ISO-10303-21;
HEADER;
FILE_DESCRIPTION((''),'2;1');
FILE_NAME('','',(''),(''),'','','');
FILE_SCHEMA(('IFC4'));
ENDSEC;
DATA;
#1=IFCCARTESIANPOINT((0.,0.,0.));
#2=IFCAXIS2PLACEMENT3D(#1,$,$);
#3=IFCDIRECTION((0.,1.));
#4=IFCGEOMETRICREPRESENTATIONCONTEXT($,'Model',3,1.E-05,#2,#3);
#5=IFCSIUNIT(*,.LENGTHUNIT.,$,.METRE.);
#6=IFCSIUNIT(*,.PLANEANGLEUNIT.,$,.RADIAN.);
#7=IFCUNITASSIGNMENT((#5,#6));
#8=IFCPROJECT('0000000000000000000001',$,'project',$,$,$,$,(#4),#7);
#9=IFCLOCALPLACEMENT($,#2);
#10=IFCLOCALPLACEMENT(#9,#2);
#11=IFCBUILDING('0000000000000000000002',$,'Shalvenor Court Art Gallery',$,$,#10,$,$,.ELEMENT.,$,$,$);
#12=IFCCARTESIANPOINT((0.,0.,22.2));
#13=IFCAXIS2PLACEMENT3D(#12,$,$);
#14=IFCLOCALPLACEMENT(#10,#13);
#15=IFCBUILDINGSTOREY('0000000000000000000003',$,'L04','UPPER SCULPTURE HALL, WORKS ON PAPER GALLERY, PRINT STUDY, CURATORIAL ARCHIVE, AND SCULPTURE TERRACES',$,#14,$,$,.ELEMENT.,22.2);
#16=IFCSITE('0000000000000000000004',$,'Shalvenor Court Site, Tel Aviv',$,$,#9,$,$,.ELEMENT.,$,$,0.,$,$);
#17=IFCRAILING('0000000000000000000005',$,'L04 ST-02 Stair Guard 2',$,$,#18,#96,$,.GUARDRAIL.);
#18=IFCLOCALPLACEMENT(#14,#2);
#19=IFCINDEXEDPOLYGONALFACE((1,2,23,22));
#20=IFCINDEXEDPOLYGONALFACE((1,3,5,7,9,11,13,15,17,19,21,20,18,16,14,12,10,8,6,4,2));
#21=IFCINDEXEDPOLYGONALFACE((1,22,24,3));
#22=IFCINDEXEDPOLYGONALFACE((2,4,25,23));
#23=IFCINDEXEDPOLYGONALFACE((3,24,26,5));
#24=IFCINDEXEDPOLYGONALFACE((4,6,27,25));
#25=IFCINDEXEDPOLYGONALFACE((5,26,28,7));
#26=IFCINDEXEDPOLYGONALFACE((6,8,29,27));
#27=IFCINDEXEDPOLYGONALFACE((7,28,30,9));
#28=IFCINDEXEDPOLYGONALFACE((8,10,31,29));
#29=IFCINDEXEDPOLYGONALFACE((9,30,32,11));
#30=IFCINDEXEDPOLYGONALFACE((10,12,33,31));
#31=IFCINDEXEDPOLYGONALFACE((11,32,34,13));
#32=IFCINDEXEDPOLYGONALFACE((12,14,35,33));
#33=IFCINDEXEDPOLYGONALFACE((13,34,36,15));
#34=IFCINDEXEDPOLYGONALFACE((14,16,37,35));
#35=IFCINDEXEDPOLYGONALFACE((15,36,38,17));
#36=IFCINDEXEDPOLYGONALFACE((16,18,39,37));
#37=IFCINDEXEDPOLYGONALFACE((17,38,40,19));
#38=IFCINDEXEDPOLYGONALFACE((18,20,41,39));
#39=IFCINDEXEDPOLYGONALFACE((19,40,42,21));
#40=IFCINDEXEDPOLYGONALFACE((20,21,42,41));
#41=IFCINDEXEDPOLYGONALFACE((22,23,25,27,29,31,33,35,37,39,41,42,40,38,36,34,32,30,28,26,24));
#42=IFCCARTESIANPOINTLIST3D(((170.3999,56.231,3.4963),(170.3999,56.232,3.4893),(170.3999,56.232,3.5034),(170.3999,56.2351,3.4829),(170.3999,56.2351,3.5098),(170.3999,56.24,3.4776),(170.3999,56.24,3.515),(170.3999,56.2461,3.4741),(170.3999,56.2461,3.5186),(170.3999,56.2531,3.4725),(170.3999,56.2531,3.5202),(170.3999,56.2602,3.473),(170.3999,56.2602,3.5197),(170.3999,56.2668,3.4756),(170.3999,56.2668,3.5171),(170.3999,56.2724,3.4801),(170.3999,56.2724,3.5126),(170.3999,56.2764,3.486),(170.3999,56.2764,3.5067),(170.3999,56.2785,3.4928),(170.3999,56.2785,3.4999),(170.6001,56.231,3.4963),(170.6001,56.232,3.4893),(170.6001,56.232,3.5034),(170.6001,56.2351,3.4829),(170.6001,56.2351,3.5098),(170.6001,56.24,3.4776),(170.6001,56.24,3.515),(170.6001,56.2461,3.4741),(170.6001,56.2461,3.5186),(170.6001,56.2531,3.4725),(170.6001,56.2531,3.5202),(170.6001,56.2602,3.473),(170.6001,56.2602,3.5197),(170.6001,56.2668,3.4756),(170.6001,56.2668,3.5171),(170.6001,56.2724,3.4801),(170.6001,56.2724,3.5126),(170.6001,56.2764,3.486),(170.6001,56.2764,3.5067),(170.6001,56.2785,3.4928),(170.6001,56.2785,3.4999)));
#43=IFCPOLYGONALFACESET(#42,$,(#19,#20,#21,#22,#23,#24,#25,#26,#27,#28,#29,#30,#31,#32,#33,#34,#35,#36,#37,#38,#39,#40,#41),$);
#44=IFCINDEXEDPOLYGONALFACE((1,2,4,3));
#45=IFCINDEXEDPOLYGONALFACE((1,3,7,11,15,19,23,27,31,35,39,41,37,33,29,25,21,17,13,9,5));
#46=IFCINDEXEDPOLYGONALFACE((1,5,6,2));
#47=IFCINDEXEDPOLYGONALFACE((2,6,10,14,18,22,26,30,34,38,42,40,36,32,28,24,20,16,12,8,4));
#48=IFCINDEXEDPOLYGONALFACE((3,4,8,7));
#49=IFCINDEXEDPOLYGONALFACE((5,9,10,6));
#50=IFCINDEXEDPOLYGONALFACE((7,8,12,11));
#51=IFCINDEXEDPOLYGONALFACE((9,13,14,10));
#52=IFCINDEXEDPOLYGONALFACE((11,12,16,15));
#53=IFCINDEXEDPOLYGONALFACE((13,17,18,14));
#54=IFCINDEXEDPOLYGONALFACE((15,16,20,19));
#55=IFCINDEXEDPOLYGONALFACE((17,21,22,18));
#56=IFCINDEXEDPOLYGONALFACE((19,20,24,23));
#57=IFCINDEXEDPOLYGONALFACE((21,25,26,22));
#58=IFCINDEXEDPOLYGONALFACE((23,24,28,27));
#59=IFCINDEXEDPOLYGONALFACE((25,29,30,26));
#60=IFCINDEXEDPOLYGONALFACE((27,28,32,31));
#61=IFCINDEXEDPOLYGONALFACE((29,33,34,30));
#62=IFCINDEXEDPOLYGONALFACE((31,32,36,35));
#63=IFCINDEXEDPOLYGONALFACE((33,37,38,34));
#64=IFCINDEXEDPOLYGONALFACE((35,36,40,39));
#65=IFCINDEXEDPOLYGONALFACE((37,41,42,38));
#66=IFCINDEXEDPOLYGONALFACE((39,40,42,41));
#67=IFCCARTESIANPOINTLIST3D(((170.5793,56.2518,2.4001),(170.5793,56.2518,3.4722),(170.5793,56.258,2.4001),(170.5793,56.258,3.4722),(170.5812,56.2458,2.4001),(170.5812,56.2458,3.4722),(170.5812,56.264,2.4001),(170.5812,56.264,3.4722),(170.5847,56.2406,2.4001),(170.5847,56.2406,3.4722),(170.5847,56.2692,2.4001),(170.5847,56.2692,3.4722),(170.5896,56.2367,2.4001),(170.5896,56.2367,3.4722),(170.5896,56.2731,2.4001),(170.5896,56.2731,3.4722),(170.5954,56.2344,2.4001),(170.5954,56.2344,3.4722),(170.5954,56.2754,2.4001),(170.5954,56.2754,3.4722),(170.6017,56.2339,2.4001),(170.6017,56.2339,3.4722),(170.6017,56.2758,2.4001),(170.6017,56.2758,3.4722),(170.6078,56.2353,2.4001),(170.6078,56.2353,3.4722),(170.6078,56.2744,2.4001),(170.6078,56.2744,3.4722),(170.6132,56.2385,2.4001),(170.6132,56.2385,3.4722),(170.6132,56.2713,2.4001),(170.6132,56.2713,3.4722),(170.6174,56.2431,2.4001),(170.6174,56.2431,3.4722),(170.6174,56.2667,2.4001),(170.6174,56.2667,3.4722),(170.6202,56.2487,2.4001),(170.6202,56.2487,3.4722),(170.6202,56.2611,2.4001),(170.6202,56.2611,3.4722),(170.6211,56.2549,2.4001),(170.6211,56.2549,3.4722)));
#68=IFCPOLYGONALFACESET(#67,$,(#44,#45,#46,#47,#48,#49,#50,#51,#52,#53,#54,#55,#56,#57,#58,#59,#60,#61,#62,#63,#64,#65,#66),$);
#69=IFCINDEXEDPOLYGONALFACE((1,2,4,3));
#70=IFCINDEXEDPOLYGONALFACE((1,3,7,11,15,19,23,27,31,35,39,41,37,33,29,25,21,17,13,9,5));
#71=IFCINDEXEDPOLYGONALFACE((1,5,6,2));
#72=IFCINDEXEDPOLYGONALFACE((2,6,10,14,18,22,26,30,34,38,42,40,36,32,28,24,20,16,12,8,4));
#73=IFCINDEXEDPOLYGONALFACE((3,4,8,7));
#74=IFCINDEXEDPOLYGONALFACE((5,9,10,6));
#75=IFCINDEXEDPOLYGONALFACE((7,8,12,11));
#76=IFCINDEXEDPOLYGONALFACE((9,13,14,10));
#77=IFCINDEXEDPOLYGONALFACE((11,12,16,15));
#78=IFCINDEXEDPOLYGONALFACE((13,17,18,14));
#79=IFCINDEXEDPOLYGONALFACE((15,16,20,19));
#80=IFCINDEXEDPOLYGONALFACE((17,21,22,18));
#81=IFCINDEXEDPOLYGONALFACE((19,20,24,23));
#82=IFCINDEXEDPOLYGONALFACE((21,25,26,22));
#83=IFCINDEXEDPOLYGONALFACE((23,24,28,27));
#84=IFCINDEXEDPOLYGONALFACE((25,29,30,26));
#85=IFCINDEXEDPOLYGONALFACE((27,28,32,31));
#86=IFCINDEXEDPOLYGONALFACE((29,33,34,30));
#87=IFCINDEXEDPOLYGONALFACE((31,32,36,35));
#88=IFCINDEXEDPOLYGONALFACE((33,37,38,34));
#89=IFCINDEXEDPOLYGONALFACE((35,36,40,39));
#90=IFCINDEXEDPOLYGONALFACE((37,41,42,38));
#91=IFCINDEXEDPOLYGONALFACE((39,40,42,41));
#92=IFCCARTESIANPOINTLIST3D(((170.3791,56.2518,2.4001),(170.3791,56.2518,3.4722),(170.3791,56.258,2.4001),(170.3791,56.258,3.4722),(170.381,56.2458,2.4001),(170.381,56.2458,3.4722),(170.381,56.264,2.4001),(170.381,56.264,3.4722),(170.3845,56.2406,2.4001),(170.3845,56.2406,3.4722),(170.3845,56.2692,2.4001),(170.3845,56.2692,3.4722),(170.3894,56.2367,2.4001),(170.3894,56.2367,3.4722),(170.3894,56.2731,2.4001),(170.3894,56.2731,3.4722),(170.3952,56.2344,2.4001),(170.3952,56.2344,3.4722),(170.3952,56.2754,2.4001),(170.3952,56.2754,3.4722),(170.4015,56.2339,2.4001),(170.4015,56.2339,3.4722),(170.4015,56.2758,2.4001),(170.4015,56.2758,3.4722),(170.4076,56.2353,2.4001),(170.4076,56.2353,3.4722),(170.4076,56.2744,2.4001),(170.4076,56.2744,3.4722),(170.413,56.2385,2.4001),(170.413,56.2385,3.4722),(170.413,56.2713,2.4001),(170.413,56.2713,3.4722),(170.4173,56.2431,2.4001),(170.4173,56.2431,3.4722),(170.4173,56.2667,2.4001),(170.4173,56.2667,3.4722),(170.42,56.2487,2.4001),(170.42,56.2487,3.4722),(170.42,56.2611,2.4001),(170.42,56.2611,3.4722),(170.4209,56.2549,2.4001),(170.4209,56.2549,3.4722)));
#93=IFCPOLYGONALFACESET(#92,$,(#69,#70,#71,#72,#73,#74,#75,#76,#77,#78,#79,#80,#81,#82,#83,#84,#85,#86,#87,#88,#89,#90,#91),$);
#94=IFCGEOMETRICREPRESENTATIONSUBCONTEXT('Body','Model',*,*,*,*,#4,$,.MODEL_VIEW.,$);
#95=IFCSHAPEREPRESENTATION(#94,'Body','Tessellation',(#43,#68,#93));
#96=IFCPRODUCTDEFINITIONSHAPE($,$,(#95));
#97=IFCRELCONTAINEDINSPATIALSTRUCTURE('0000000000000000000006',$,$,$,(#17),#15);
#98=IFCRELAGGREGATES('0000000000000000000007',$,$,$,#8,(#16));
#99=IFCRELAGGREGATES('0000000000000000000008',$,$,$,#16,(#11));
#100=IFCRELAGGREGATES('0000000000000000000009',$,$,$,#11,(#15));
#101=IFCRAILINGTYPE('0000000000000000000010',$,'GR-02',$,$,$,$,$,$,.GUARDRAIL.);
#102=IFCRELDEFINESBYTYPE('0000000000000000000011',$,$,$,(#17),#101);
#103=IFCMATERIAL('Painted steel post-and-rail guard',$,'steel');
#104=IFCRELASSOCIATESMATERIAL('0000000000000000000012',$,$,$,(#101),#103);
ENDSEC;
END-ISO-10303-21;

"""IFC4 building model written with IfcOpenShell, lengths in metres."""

from ifc_helpers import new_model, si_unit, direction, frame, origin, origin_2d, place, context, subcontext, project, spatial, circle, extrude, material, type_object, element, save


model = new_model("IFC4")

# Units and contexts
model_context = context("Model", 3, precision=1e-05, world=origin(), true_north=direction((0.0, 1.0)))
body_context = subcontext(model_context, "Body", "Model", "MODEL_VIEW")
ifc_project = project(units=[si_unit("LENGTHUNIT", "METRE"), si_unit("PLANEANGLEUNIT", "RADIAN")], contexts=[model_context])

# Site, building, storey
site_placement = place(None, origin())
site = spatial("IfcSite", under=ifc_project, at=site_placement, Name="Shalvenor Court Site, Tel Aviv", CompositionType="ELEMENT", RefElevation=0.0)
building_placement = place(site_placement, origin())
building = spatial("IfcBuilding", under=site, at=building_placement, Name="Shalvenor Court Art Gallery", CompositionType="ELEMENT")
storey_placement = place(building_placement, frame((0.0, 0.0, 22.2)))
storey = spatial("IfcBuildingStorey", under=building, at=storey_placement, Name="L04", Description="UPPER SCULPTURE HALL, WORKS ON PAPER GALLERY, PRINT STUDY, CURATORIAL ARCHIVE, AND SCULPTURE TERRACES", CompositionType="ELEMENT", Elevation=22.2)

# Railing
ifc_material_1 = material(Name="Painted steel post-and-rail guard", Category="steel")
railing_type_1 = type_object("IfcRailingType", Name="GR-02", PredefinedType="GUARDRAIL", material=ifc_material_1)
railing_1_placement = place(storey_placement, frame((170.6001, 56.2549, 2.4001)))
element("IfcRailing", 1, at=railing_1_placement, inside=storey, type_object=railing_type_1, Name="L04 ST-02 Stair Guard 2", PredefinedType="GUARDRAIL", context=body_context, shape_type="SweptSolid", body=[
    extrude(circle(Radius=0.0239, at=origin_2d()), frame((0.0, 0.0, 1.0962), z_axis=(-1.0, 0.0, 0.0), x_axis=(0.0, -1.0, 0.0)), (0.0, 0.0, 1.0), 0.2002),
    extrude(circle(Radius=0.021, at=origin_2d()), origin(), (0.0, 0.0, 1.0), 1.072),
    extrude(circle(Radius=0.021, at=origin_2d()), frame((-0.2002, 0.0, 0.0)), (0.0, 0.0, 1.0), 1.072),
])

save(model, "model.ifc")
